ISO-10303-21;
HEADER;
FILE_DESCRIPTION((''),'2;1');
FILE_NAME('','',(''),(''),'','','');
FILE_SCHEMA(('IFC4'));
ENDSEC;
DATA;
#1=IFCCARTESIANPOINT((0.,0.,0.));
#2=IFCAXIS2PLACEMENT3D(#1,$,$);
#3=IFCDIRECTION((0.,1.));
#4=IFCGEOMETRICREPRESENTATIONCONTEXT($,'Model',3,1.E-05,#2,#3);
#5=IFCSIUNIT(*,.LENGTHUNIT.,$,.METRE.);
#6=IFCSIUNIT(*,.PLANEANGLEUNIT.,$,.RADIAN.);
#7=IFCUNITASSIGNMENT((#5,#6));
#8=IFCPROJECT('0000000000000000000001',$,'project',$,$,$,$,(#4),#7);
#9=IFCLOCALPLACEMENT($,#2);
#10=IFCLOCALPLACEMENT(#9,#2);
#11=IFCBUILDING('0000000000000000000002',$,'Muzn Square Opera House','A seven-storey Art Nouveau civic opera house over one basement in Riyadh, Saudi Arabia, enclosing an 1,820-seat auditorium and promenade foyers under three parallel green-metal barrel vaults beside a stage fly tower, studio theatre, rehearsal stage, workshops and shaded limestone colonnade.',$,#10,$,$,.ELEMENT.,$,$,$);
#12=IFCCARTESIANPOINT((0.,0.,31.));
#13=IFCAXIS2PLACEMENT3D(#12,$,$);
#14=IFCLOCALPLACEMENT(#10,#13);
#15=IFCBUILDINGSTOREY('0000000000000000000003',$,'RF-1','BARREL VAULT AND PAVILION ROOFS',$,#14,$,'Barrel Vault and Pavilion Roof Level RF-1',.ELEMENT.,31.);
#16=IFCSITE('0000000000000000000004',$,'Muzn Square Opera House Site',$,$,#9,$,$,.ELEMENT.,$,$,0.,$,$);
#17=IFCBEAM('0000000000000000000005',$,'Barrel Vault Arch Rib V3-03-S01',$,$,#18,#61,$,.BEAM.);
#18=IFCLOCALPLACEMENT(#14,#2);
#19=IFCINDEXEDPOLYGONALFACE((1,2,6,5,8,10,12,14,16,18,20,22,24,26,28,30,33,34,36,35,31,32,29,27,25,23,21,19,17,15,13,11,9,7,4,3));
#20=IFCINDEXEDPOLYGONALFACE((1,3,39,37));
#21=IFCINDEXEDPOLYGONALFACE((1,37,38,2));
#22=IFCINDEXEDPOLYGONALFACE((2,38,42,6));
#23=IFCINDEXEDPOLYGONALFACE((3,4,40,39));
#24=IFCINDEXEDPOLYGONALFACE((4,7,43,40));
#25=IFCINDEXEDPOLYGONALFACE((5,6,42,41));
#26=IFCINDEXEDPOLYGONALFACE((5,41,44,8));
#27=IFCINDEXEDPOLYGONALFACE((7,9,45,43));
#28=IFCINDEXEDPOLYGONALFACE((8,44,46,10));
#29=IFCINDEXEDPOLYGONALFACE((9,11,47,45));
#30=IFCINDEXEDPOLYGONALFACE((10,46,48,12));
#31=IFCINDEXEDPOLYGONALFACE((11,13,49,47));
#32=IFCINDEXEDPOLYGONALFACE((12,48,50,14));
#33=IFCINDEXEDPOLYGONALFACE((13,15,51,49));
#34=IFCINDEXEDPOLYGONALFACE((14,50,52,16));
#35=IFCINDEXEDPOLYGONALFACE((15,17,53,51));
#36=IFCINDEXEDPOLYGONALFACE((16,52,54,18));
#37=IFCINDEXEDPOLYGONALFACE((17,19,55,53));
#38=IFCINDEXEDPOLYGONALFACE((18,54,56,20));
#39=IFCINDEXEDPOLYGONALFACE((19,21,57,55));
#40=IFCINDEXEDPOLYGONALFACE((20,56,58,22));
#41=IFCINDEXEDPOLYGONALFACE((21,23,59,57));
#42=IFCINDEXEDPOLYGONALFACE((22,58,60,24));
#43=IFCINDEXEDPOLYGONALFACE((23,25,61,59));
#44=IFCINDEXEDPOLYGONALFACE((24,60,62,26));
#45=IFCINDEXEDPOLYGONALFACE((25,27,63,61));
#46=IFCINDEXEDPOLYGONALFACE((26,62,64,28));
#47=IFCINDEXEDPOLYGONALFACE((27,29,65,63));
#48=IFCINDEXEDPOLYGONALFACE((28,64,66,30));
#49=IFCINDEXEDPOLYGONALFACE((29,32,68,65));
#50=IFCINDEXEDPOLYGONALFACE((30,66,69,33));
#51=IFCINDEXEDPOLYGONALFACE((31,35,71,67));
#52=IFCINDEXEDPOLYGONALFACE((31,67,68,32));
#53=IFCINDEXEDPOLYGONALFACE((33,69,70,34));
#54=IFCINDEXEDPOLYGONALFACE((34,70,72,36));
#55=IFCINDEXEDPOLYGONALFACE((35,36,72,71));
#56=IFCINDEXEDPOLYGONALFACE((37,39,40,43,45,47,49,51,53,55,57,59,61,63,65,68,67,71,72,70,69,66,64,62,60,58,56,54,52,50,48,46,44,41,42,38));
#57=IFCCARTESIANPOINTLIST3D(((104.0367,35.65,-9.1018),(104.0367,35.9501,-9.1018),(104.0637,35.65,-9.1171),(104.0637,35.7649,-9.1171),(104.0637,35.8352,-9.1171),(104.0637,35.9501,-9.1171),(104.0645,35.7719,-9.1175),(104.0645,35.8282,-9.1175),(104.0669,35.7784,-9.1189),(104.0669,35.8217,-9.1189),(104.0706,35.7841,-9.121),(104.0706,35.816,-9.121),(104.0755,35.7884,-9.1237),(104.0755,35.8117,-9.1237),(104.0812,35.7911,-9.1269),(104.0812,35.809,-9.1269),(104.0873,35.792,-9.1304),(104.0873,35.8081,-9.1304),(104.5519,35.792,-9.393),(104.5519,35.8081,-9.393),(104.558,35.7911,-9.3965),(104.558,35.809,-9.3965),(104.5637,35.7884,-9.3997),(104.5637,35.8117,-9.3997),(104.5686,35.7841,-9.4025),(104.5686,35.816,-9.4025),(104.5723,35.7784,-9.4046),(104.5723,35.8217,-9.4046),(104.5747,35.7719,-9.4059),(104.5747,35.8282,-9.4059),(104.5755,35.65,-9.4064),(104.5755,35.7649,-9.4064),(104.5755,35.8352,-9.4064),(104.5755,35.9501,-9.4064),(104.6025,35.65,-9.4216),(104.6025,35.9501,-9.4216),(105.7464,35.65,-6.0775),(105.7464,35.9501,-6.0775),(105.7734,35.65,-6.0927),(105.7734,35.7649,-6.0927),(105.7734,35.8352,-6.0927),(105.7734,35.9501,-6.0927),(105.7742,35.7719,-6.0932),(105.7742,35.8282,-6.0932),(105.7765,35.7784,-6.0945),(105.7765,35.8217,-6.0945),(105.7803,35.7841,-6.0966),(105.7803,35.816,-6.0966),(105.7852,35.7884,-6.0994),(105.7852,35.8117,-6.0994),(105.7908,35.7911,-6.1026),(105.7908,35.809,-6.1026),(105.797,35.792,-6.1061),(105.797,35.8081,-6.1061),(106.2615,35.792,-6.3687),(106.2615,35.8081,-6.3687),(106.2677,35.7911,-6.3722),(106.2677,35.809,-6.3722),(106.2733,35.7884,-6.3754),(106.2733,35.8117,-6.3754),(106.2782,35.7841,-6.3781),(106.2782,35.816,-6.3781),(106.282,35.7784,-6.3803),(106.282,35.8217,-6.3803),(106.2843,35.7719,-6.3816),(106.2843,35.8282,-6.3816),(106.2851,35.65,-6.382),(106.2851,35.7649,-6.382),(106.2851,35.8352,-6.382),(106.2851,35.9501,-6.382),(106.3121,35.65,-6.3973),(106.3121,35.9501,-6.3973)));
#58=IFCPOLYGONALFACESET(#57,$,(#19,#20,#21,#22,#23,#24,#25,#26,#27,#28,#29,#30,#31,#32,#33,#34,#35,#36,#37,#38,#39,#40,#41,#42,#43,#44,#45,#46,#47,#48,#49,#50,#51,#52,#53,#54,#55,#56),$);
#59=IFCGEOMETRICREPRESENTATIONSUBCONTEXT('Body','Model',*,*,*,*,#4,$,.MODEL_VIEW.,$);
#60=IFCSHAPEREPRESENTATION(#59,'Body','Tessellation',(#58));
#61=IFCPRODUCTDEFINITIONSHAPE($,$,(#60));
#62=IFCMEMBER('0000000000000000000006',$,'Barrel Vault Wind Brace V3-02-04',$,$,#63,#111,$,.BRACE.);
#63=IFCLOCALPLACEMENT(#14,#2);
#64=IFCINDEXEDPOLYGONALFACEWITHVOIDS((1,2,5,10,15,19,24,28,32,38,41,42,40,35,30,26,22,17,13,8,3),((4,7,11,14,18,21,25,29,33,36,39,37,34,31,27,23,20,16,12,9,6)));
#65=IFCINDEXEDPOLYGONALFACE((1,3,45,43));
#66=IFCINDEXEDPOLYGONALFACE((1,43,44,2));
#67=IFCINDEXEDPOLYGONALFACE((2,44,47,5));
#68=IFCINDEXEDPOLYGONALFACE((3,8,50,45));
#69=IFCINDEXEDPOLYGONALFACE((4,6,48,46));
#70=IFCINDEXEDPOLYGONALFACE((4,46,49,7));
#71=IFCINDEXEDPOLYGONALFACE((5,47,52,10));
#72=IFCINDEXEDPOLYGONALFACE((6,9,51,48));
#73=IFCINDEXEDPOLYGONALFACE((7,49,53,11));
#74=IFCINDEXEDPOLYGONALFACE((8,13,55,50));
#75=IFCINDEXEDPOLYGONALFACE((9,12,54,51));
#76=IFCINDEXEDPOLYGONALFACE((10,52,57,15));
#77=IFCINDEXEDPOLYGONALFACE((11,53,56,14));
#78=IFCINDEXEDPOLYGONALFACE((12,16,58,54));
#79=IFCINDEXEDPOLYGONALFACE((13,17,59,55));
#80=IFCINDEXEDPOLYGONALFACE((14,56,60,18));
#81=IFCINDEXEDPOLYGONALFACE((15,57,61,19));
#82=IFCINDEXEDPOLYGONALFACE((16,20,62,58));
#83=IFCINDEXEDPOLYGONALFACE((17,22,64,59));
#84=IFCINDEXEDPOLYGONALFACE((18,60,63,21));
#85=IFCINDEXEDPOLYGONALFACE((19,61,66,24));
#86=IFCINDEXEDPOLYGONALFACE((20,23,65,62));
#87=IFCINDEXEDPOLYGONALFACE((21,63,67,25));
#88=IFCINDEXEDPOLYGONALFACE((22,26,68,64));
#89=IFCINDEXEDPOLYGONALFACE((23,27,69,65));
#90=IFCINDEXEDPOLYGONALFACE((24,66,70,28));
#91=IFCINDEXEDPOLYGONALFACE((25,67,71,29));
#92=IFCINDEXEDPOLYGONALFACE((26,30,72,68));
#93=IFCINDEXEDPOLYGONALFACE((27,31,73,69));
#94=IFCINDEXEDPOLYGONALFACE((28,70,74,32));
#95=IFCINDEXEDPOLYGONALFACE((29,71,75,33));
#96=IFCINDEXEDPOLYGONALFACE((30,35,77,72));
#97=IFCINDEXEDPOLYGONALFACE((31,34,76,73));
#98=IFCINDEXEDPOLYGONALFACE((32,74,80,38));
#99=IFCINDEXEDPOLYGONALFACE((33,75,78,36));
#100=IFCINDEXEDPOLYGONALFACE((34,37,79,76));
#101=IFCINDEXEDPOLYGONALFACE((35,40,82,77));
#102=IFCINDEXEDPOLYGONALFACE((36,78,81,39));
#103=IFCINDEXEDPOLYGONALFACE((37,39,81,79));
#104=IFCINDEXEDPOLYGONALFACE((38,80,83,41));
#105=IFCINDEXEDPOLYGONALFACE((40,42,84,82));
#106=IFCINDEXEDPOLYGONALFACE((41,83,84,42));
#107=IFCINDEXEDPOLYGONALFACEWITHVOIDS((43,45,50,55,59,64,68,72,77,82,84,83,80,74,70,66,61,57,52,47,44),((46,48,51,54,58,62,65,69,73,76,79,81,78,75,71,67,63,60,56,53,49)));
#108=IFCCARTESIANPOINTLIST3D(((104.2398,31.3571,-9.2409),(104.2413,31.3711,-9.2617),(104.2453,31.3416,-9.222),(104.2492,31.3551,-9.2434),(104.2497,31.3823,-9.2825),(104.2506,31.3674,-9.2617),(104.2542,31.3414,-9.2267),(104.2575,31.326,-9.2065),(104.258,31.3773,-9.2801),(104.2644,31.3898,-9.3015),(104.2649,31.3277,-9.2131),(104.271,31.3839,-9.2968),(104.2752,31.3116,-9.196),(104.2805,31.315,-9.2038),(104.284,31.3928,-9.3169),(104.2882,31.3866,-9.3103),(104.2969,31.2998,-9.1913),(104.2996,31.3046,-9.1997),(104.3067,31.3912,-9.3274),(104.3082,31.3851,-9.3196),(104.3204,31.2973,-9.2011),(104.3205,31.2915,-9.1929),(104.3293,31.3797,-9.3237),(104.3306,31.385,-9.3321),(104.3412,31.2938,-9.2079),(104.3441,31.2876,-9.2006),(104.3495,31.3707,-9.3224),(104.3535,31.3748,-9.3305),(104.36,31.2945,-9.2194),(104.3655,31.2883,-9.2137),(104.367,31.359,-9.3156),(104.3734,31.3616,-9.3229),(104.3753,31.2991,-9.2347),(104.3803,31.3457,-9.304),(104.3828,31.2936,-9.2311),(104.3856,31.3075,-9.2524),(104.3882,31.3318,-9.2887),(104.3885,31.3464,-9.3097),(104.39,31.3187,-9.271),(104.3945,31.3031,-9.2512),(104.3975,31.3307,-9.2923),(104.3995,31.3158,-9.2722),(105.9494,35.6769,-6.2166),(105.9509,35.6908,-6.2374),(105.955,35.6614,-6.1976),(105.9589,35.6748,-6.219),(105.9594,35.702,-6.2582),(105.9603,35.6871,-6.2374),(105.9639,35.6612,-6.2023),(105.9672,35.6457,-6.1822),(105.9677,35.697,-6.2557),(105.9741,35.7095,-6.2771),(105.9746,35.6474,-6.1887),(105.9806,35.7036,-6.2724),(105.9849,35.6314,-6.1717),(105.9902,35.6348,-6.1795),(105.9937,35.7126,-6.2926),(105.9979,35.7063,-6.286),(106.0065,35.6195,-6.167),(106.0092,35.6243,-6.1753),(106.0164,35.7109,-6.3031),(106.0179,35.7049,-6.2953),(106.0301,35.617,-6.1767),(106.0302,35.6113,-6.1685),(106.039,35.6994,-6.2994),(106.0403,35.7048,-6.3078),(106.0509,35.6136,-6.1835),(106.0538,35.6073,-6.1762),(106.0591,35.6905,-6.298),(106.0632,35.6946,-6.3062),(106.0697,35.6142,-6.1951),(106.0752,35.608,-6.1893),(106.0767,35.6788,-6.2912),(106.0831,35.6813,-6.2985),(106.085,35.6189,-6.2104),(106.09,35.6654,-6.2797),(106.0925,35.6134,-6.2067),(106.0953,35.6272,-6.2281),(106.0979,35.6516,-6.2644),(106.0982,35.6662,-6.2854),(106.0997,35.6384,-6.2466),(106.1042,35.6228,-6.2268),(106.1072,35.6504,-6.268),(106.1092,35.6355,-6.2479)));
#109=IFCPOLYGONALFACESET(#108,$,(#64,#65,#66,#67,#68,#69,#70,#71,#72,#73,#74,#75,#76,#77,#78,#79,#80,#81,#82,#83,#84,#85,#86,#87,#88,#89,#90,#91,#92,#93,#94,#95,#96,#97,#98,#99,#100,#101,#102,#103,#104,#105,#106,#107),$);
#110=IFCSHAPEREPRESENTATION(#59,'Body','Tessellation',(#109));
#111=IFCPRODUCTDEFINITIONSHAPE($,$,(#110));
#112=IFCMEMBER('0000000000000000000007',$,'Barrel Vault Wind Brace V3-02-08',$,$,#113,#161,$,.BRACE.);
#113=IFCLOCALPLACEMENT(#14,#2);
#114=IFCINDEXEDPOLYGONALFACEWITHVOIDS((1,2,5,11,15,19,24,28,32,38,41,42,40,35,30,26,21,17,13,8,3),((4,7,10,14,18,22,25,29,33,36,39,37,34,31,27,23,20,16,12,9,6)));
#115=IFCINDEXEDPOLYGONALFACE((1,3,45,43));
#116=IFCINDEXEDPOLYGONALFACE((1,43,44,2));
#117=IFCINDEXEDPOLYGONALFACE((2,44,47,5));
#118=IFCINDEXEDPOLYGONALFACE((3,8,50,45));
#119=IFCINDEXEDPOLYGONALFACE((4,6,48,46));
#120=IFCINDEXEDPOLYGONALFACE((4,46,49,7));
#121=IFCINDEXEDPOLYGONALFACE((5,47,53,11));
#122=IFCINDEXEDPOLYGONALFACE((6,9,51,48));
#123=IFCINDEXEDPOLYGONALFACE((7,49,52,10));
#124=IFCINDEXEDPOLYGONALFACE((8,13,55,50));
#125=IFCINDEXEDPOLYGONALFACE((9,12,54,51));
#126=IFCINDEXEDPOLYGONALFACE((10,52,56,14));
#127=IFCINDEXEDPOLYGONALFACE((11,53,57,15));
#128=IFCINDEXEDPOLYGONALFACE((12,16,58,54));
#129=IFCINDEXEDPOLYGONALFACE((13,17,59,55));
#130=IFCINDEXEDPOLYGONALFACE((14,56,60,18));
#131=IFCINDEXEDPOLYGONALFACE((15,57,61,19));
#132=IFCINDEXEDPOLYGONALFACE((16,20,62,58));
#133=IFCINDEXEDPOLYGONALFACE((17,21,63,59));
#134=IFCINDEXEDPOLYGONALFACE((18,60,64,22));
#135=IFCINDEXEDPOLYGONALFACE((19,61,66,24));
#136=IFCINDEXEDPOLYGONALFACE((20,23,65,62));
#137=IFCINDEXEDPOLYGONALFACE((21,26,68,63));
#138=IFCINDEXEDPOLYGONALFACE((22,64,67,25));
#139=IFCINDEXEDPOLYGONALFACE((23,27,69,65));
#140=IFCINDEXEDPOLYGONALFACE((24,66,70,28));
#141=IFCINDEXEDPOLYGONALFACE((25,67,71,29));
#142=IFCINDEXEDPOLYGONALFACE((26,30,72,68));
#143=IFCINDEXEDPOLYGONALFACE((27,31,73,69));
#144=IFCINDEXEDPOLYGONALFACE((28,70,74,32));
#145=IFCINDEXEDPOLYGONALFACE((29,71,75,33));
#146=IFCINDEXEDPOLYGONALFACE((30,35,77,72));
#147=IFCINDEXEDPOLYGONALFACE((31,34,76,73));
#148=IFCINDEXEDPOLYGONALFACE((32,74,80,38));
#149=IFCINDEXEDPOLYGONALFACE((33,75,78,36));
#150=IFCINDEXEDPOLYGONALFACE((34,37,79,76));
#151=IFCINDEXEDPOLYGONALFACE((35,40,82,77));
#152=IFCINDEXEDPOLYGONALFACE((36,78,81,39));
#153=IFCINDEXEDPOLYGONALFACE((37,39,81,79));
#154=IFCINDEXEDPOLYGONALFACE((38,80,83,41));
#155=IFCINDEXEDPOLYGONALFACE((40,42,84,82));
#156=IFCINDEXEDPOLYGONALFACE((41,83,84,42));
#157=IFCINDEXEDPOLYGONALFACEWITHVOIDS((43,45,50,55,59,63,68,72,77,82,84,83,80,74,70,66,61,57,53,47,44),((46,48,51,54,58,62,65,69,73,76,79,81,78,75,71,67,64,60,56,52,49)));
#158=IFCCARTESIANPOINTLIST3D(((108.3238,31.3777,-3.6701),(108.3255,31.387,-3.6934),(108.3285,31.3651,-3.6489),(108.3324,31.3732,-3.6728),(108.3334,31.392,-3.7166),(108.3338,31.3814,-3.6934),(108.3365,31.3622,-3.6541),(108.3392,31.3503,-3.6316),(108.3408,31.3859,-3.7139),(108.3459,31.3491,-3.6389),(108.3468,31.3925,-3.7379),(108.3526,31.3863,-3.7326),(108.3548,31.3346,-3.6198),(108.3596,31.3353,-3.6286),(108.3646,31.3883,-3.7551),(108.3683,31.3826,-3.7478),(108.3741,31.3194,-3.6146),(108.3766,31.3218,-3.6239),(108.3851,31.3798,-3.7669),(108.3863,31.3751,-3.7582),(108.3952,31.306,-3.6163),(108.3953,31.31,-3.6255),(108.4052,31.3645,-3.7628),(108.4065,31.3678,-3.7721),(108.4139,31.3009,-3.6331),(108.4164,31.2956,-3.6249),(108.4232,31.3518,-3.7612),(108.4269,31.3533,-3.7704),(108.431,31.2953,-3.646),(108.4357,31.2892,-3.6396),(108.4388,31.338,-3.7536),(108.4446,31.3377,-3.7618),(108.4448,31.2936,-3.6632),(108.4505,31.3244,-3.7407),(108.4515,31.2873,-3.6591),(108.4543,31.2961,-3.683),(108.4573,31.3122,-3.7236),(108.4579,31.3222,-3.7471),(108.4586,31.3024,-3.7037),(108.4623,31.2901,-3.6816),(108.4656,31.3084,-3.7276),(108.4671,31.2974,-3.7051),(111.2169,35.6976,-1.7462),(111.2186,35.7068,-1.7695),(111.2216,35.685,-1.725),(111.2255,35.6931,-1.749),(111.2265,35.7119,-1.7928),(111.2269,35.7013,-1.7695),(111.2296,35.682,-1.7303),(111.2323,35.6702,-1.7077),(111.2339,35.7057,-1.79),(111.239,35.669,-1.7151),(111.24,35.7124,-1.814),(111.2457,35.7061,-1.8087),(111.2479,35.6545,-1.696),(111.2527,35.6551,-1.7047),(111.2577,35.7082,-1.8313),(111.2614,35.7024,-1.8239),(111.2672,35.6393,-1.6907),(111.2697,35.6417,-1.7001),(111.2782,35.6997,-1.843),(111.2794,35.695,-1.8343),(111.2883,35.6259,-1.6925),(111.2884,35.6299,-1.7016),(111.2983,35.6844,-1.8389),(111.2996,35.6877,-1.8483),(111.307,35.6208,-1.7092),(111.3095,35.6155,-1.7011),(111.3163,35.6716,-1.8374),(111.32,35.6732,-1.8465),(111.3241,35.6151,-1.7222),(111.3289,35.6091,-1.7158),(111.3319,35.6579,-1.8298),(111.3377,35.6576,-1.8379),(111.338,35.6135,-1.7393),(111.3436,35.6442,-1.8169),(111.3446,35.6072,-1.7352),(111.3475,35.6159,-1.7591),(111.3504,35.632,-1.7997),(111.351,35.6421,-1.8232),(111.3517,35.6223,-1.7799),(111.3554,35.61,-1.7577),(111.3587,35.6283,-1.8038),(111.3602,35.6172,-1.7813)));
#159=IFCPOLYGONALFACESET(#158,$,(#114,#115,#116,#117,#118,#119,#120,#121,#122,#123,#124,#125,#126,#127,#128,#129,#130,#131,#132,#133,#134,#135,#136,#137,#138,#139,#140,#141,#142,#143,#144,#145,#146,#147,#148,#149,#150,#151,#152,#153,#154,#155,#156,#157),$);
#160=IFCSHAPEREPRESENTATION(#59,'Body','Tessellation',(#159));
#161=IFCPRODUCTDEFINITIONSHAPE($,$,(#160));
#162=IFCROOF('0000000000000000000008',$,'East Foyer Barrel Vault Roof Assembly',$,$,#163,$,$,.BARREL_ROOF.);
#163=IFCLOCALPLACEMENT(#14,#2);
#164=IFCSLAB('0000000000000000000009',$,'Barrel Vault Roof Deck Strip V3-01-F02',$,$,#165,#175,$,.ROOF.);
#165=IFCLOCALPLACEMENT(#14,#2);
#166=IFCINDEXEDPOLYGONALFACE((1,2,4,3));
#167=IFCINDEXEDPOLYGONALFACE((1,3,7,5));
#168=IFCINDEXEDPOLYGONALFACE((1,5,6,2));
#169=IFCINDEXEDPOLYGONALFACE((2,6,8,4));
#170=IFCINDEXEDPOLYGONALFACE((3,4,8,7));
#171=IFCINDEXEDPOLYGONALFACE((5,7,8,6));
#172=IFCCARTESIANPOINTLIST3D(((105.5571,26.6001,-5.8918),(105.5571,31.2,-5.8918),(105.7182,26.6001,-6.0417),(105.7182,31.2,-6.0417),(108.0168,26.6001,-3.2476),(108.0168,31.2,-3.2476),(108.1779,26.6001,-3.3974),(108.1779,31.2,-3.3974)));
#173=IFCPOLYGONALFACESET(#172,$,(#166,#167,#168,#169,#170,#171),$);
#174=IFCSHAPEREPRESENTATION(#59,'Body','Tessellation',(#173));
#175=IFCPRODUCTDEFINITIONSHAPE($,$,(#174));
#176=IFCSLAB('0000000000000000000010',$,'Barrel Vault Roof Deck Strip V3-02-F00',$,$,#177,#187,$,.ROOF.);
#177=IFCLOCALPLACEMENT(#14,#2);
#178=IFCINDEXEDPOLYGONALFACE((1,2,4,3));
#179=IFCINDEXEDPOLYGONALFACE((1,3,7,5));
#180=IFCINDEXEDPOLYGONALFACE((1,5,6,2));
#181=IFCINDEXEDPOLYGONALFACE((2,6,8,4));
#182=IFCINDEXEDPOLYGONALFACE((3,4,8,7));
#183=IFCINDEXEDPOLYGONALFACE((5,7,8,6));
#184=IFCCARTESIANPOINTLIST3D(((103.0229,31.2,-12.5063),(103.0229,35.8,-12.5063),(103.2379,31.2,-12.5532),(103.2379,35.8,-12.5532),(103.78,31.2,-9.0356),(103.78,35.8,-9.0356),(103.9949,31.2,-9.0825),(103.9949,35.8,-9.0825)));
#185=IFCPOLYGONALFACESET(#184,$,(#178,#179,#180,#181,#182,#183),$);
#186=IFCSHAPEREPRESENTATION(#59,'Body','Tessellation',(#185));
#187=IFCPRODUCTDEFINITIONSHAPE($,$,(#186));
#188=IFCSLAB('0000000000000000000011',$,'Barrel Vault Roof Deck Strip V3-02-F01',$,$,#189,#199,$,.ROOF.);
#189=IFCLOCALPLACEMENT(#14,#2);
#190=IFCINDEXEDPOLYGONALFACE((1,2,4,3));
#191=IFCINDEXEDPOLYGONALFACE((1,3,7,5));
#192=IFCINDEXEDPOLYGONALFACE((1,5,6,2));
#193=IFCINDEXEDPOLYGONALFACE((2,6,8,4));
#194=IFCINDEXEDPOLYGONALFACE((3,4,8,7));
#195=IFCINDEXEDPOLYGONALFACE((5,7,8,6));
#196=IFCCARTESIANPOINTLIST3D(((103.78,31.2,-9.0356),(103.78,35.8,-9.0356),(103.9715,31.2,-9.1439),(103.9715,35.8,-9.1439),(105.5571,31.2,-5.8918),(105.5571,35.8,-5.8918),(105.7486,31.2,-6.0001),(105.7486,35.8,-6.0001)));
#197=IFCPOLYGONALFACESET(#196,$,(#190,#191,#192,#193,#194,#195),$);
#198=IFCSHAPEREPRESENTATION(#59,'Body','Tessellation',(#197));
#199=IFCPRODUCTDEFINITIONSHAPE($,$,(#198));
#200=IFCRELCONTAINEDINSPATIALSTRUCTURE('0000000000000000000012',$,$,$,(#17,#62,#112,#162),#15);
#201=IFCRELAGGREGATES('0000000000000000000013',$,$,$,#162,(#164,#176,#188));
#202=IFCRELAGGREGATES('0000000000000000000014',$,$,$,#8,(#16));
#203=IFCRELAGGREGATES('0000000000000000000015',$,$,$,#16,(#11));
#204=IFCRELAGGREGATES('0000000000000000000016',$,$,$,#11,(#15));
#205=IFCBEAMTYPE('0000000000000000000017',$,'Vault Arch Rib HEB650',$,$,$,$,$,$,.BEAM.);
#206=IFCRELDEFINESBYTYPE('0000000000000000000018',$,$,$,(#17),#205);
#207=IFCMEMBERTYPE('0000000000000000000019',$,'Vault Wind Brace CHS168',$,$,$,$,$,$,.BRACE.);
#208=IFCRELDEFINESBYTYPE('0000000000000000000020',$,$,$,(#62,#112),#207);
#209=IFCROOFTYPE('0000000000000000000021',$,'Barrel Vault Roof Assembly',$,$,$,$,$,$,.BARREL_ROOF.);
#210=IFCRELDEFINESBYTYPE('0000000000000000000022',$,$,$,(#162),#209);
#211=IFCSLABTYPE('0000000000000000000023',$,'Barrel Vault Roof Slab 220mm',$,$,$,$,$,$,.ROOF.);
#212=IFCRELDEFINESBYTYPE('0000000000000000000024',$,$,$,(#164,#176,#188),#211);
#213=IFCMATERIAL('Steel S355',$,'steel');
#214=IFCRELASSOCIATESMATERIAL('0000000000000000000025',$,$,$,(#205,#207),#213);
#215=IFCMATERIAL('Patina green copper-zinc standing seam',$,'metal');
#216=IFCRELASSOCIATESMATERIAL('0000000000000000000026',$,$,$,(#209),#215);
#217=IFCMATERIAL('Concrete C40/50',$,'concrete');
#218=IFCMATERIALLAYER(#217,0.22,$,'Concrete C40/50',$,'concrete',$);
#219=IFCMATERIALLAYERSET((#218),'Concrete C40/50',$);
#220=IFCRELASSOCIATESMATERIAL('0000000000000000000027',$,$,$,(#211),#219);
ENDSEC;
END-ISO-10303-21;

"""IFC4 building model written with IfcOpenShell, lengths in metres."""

from ifc_helpers import new_model, si_unit, direction, frame, origin, origin_2d, place, context, subcontext, project, spatial, polyline, hollow_circle, i_section, outline, extrude, material, layer, layer_set, material_profile, profile_set, type_object, element, aggregate, save


model = new_model("IFC4")

# Units and contexts
model_context = context("Model", 3, precision=1e-05, world=origin(), true_north=direction((0.0, 1.0)))
body_context = subcontext(model_context, "Body", "Model", "MODEL_VIEW")
ifc_project = project(units=[si_unit("LENGTHUNIT", "METRE"), si_unit("PLANEANGLEUNIT", "RADIAN")], contexts=[model_context])

# Site, building, storey
site_placement = place(None, origin())
site = spatial("IfcSite", under=ifc_project, at=site_placement, Name="Muzn Square Opera House Site", CompositionType="ELEMENT", RefElevation=0.0)
building_placement = place(site_placement, origin())
building = spatial("IfcBuilding", under=site, at=building_placement, Name="Muzn Square Opera House", Description="A seven-storey Art Nouveau civic opera house over one basement in Riyadh, Saudi Arabia, enclosing an 1,820-seat auditorium and promenade foyers under three parallel green-metal barrel vaults beside a stage fly tower, studio theatre, rehearsal stage, workshops and shaded limestone colonnade.", CompositionType="ELEMENT")
storey_placement = place(building_placement, frame((0.0, 0.0, 31.0)))
storey = spatial("IfcBuildingStorey", under=building, at=storey_placement, Name="RF-1", Description="BARREL VAULT AND PAVILION ROOFS", LongName="Barrel Vault and Pavilion Roof Level RF-1", CompositionType="ELEMENT", Elevation=31.0)

# Beam
ifc_material_1 = material(Name="Steel S355", Category="steel")
ifc_material_profile_1 = material_profile(ifc_material_1, i_section(OverallWidth=0.3, OverallDepth=0.6499, WebThickness=0.0161, FlangeThickness=0.031, FilletRadius=0.0271, at=origin_2d()), Name="HEB 650", Category="steel")
ifc_profile_set_1 = profile_set([ifc_material_profile_1], Name="Steel S355")
beam_type_1 = type_object("IfcBeamType", Name="Vault Arch Rib HEB650", PredefinedType="BEAM", material=ifc_profile_set_1)
beam_1_placement = place(storey_placement, frame((104.3196, 35.8, -9.2617), z_axis=(0.492115, 0.0, 0.87053), x_axis=(0.0, 1.0, 0.0)))
element("IfcBeam", 1, at=beam_1_placement, inside=storey, type_object=beam_type_1, Name="Barrel Vault Arch Rib V3-03-S01", PredefinedType="BEAM", context=body_context, shape_type="SweptSolid", body=[
    extrude(i_section(OverallWidth=0.3, OverallDepth=0.6499, WebThickness=0.0161, FlangeThickness=0.031, FilletRadius=0.0271, at=origin_2d()), origin(), (0.0, 0.0, 1.0), 3.4741),
])

# Members
ifc_material_profile_2 = material_profile(ifc_material_1, hollow_circle(Radius=0.0842, WallThickness=0.01, at=origin_2d()), Name="CHS 168.3x10", Category="steel")
ifc_profile_set_2 = profile_set([ifc_material_profile_2], Name="Steel S355")
member_type = type_object("IfcMemberType", Name="Vault Wind Brace CHS168", PredefinedType="BRACE", material=ifc_profile_set_2)
member_1_placement = place(storey_placement, frame((104.3196, 31.3401, -9.2617), z_axis=(0.308415, 0.77925, 0.545572), x_axis=(-0.929822, 0.368009, 0.0)))
element("IfcMember", 2, at=member_1_placement, inside=storey, type_object=member_type, Name="Barrel Vault Wind Brace V3-02-04", PredefinedType="BRACE", context=body_context, shape_type="SweptSolid", body=[
    extrude(hollow_circle(Radius=0.0842, WallThickness=0.01, at=origin_2d()), origin(), (0.0, 0.0, 1.0), 5.5435),
])
member_2_placement = place(storey_placement, frame((108.3955, 31.3401, -3.6934), z_axis=(0.521872, 0.779241, 0.347034), x_axis=(-0.830878, 0.556454, 0.0)))
element("IfcMember", 3, at=member_2_placement, inside=storey, type_object=member_type, Name="Barrel Vault Wind Brace V3-02-08", PredefinedType="BRACE", context=body_context, shape_type="SweptSolid", body=[
    extrude(hollow_circle(Radius=0.0842, WallThickness=0.01, at=origin_2d()), origin(), (0.0, 0.0, 1.0), 5.5437),
])

# Roof, slabs
ifc_material_2 = material(Name="Patina green copper-zinc standing seam", Category="metal")
roof_type = type_object("IfcRoofType", Name="Barrel Vault Roof Assembly", PredefinedType="BARREL_ROOF", material=ifc_material_2)
roof_placement = place(storey_placement, origin())
roof = element("IfcRoof", 4, at=roof_placement, inside=storey, type_object=roof_type, Name="East Foyer Barrel Vault Roof Assembly", PredefinedType="BARREL_ROOF")
ifc_material_3 = material(Name="Concrete C40/50", Category="concrete")
ifc_layer_1 = layer(ifc_material_3, 0.22, Name="Concrete C40/50", Category="concrete")
ifc_layer_set_1 = layer_set([ifc_layer_1], Name="Concrete C40/50")
slab_type = type_object("IfcSlabType", Name="Barrel Vault Roof Slab 220mm", PredefinedType="ROOF", material=ifc_layer_set_1)
slab_1_placement = place(storey_placement, frame((108.0168, 26.6001, -3.2476), z_axis=(-0.732198, 0.0, 0.681091), x_axis=(0.0, 1.0, 0.0)))
slab_1 = element("IfcSlab", 5, at=slab_1_placement, type_object=slab_type, Name="Barrel Vault Roof Deck Strip V3-01-F02", PredefinedType="ROOF", context=body_context, shape_type="SweptSolid", body=[
    extrude(outline(polyline([(0.0, 3.6114), (0.0, 0.0), (4.5999, 0.0), (4.5999, 3.6114), (0.0, 3.6114)])), origin(), (0.0, 0.0, -1.0), 0.22),
])
slab_2_placement = place(storey_placement, frame((103.78, 31.2, -9.0356), z_axis=(-0.977025, 0.0, 0.213123), x_axis=(0.0, 1.0, 0.0)))
slab_2 = element("IfcSlab", 6, at=slab_2_placement, type_object=slab_type, Name="Barrel Vault Roof Deck Strip V3-02-F00", PredefinedType="ROOF", context=body_context, shape_type="SweptSolid", body=[
    extrude(outline(polyline([(0.0, 3.5523), (0.0, 0.0), (4.6001, 0.0), (4.6001, 3.5523), (0.0, 3.5523)])), origin(), (0.0, 0.0, -1.0), 0.22),
])
slab_3_placement = place(storey_placement, frame((105.5571, 31.2, -5.8918), z_axis=(-0.870543, 0.0, 0.492093), x_axis=(0.0, 1.0, 0.0)))
slab_3 = element("IfcSlab", 7, at=slab_3_placement, type_object=slab_type, Name="Barrel Vault Roof Deck Strip V3-02-F01", PredefinedType="ROOF", context=body_context, shape_type="SweptSolid", body=[
    extrude(outline(polyline([(0.0, 3.6113), (0.0, 0.0), (4.6001, 0.0), (4.6001, 3.6113), (0.0, 3.6113)])), origin(), (0.0, 0.0, -1.0), 0.22),
])
aggregate(roof, [slab_1, slab_2, slab_3])

save(model, "model.ifc")
